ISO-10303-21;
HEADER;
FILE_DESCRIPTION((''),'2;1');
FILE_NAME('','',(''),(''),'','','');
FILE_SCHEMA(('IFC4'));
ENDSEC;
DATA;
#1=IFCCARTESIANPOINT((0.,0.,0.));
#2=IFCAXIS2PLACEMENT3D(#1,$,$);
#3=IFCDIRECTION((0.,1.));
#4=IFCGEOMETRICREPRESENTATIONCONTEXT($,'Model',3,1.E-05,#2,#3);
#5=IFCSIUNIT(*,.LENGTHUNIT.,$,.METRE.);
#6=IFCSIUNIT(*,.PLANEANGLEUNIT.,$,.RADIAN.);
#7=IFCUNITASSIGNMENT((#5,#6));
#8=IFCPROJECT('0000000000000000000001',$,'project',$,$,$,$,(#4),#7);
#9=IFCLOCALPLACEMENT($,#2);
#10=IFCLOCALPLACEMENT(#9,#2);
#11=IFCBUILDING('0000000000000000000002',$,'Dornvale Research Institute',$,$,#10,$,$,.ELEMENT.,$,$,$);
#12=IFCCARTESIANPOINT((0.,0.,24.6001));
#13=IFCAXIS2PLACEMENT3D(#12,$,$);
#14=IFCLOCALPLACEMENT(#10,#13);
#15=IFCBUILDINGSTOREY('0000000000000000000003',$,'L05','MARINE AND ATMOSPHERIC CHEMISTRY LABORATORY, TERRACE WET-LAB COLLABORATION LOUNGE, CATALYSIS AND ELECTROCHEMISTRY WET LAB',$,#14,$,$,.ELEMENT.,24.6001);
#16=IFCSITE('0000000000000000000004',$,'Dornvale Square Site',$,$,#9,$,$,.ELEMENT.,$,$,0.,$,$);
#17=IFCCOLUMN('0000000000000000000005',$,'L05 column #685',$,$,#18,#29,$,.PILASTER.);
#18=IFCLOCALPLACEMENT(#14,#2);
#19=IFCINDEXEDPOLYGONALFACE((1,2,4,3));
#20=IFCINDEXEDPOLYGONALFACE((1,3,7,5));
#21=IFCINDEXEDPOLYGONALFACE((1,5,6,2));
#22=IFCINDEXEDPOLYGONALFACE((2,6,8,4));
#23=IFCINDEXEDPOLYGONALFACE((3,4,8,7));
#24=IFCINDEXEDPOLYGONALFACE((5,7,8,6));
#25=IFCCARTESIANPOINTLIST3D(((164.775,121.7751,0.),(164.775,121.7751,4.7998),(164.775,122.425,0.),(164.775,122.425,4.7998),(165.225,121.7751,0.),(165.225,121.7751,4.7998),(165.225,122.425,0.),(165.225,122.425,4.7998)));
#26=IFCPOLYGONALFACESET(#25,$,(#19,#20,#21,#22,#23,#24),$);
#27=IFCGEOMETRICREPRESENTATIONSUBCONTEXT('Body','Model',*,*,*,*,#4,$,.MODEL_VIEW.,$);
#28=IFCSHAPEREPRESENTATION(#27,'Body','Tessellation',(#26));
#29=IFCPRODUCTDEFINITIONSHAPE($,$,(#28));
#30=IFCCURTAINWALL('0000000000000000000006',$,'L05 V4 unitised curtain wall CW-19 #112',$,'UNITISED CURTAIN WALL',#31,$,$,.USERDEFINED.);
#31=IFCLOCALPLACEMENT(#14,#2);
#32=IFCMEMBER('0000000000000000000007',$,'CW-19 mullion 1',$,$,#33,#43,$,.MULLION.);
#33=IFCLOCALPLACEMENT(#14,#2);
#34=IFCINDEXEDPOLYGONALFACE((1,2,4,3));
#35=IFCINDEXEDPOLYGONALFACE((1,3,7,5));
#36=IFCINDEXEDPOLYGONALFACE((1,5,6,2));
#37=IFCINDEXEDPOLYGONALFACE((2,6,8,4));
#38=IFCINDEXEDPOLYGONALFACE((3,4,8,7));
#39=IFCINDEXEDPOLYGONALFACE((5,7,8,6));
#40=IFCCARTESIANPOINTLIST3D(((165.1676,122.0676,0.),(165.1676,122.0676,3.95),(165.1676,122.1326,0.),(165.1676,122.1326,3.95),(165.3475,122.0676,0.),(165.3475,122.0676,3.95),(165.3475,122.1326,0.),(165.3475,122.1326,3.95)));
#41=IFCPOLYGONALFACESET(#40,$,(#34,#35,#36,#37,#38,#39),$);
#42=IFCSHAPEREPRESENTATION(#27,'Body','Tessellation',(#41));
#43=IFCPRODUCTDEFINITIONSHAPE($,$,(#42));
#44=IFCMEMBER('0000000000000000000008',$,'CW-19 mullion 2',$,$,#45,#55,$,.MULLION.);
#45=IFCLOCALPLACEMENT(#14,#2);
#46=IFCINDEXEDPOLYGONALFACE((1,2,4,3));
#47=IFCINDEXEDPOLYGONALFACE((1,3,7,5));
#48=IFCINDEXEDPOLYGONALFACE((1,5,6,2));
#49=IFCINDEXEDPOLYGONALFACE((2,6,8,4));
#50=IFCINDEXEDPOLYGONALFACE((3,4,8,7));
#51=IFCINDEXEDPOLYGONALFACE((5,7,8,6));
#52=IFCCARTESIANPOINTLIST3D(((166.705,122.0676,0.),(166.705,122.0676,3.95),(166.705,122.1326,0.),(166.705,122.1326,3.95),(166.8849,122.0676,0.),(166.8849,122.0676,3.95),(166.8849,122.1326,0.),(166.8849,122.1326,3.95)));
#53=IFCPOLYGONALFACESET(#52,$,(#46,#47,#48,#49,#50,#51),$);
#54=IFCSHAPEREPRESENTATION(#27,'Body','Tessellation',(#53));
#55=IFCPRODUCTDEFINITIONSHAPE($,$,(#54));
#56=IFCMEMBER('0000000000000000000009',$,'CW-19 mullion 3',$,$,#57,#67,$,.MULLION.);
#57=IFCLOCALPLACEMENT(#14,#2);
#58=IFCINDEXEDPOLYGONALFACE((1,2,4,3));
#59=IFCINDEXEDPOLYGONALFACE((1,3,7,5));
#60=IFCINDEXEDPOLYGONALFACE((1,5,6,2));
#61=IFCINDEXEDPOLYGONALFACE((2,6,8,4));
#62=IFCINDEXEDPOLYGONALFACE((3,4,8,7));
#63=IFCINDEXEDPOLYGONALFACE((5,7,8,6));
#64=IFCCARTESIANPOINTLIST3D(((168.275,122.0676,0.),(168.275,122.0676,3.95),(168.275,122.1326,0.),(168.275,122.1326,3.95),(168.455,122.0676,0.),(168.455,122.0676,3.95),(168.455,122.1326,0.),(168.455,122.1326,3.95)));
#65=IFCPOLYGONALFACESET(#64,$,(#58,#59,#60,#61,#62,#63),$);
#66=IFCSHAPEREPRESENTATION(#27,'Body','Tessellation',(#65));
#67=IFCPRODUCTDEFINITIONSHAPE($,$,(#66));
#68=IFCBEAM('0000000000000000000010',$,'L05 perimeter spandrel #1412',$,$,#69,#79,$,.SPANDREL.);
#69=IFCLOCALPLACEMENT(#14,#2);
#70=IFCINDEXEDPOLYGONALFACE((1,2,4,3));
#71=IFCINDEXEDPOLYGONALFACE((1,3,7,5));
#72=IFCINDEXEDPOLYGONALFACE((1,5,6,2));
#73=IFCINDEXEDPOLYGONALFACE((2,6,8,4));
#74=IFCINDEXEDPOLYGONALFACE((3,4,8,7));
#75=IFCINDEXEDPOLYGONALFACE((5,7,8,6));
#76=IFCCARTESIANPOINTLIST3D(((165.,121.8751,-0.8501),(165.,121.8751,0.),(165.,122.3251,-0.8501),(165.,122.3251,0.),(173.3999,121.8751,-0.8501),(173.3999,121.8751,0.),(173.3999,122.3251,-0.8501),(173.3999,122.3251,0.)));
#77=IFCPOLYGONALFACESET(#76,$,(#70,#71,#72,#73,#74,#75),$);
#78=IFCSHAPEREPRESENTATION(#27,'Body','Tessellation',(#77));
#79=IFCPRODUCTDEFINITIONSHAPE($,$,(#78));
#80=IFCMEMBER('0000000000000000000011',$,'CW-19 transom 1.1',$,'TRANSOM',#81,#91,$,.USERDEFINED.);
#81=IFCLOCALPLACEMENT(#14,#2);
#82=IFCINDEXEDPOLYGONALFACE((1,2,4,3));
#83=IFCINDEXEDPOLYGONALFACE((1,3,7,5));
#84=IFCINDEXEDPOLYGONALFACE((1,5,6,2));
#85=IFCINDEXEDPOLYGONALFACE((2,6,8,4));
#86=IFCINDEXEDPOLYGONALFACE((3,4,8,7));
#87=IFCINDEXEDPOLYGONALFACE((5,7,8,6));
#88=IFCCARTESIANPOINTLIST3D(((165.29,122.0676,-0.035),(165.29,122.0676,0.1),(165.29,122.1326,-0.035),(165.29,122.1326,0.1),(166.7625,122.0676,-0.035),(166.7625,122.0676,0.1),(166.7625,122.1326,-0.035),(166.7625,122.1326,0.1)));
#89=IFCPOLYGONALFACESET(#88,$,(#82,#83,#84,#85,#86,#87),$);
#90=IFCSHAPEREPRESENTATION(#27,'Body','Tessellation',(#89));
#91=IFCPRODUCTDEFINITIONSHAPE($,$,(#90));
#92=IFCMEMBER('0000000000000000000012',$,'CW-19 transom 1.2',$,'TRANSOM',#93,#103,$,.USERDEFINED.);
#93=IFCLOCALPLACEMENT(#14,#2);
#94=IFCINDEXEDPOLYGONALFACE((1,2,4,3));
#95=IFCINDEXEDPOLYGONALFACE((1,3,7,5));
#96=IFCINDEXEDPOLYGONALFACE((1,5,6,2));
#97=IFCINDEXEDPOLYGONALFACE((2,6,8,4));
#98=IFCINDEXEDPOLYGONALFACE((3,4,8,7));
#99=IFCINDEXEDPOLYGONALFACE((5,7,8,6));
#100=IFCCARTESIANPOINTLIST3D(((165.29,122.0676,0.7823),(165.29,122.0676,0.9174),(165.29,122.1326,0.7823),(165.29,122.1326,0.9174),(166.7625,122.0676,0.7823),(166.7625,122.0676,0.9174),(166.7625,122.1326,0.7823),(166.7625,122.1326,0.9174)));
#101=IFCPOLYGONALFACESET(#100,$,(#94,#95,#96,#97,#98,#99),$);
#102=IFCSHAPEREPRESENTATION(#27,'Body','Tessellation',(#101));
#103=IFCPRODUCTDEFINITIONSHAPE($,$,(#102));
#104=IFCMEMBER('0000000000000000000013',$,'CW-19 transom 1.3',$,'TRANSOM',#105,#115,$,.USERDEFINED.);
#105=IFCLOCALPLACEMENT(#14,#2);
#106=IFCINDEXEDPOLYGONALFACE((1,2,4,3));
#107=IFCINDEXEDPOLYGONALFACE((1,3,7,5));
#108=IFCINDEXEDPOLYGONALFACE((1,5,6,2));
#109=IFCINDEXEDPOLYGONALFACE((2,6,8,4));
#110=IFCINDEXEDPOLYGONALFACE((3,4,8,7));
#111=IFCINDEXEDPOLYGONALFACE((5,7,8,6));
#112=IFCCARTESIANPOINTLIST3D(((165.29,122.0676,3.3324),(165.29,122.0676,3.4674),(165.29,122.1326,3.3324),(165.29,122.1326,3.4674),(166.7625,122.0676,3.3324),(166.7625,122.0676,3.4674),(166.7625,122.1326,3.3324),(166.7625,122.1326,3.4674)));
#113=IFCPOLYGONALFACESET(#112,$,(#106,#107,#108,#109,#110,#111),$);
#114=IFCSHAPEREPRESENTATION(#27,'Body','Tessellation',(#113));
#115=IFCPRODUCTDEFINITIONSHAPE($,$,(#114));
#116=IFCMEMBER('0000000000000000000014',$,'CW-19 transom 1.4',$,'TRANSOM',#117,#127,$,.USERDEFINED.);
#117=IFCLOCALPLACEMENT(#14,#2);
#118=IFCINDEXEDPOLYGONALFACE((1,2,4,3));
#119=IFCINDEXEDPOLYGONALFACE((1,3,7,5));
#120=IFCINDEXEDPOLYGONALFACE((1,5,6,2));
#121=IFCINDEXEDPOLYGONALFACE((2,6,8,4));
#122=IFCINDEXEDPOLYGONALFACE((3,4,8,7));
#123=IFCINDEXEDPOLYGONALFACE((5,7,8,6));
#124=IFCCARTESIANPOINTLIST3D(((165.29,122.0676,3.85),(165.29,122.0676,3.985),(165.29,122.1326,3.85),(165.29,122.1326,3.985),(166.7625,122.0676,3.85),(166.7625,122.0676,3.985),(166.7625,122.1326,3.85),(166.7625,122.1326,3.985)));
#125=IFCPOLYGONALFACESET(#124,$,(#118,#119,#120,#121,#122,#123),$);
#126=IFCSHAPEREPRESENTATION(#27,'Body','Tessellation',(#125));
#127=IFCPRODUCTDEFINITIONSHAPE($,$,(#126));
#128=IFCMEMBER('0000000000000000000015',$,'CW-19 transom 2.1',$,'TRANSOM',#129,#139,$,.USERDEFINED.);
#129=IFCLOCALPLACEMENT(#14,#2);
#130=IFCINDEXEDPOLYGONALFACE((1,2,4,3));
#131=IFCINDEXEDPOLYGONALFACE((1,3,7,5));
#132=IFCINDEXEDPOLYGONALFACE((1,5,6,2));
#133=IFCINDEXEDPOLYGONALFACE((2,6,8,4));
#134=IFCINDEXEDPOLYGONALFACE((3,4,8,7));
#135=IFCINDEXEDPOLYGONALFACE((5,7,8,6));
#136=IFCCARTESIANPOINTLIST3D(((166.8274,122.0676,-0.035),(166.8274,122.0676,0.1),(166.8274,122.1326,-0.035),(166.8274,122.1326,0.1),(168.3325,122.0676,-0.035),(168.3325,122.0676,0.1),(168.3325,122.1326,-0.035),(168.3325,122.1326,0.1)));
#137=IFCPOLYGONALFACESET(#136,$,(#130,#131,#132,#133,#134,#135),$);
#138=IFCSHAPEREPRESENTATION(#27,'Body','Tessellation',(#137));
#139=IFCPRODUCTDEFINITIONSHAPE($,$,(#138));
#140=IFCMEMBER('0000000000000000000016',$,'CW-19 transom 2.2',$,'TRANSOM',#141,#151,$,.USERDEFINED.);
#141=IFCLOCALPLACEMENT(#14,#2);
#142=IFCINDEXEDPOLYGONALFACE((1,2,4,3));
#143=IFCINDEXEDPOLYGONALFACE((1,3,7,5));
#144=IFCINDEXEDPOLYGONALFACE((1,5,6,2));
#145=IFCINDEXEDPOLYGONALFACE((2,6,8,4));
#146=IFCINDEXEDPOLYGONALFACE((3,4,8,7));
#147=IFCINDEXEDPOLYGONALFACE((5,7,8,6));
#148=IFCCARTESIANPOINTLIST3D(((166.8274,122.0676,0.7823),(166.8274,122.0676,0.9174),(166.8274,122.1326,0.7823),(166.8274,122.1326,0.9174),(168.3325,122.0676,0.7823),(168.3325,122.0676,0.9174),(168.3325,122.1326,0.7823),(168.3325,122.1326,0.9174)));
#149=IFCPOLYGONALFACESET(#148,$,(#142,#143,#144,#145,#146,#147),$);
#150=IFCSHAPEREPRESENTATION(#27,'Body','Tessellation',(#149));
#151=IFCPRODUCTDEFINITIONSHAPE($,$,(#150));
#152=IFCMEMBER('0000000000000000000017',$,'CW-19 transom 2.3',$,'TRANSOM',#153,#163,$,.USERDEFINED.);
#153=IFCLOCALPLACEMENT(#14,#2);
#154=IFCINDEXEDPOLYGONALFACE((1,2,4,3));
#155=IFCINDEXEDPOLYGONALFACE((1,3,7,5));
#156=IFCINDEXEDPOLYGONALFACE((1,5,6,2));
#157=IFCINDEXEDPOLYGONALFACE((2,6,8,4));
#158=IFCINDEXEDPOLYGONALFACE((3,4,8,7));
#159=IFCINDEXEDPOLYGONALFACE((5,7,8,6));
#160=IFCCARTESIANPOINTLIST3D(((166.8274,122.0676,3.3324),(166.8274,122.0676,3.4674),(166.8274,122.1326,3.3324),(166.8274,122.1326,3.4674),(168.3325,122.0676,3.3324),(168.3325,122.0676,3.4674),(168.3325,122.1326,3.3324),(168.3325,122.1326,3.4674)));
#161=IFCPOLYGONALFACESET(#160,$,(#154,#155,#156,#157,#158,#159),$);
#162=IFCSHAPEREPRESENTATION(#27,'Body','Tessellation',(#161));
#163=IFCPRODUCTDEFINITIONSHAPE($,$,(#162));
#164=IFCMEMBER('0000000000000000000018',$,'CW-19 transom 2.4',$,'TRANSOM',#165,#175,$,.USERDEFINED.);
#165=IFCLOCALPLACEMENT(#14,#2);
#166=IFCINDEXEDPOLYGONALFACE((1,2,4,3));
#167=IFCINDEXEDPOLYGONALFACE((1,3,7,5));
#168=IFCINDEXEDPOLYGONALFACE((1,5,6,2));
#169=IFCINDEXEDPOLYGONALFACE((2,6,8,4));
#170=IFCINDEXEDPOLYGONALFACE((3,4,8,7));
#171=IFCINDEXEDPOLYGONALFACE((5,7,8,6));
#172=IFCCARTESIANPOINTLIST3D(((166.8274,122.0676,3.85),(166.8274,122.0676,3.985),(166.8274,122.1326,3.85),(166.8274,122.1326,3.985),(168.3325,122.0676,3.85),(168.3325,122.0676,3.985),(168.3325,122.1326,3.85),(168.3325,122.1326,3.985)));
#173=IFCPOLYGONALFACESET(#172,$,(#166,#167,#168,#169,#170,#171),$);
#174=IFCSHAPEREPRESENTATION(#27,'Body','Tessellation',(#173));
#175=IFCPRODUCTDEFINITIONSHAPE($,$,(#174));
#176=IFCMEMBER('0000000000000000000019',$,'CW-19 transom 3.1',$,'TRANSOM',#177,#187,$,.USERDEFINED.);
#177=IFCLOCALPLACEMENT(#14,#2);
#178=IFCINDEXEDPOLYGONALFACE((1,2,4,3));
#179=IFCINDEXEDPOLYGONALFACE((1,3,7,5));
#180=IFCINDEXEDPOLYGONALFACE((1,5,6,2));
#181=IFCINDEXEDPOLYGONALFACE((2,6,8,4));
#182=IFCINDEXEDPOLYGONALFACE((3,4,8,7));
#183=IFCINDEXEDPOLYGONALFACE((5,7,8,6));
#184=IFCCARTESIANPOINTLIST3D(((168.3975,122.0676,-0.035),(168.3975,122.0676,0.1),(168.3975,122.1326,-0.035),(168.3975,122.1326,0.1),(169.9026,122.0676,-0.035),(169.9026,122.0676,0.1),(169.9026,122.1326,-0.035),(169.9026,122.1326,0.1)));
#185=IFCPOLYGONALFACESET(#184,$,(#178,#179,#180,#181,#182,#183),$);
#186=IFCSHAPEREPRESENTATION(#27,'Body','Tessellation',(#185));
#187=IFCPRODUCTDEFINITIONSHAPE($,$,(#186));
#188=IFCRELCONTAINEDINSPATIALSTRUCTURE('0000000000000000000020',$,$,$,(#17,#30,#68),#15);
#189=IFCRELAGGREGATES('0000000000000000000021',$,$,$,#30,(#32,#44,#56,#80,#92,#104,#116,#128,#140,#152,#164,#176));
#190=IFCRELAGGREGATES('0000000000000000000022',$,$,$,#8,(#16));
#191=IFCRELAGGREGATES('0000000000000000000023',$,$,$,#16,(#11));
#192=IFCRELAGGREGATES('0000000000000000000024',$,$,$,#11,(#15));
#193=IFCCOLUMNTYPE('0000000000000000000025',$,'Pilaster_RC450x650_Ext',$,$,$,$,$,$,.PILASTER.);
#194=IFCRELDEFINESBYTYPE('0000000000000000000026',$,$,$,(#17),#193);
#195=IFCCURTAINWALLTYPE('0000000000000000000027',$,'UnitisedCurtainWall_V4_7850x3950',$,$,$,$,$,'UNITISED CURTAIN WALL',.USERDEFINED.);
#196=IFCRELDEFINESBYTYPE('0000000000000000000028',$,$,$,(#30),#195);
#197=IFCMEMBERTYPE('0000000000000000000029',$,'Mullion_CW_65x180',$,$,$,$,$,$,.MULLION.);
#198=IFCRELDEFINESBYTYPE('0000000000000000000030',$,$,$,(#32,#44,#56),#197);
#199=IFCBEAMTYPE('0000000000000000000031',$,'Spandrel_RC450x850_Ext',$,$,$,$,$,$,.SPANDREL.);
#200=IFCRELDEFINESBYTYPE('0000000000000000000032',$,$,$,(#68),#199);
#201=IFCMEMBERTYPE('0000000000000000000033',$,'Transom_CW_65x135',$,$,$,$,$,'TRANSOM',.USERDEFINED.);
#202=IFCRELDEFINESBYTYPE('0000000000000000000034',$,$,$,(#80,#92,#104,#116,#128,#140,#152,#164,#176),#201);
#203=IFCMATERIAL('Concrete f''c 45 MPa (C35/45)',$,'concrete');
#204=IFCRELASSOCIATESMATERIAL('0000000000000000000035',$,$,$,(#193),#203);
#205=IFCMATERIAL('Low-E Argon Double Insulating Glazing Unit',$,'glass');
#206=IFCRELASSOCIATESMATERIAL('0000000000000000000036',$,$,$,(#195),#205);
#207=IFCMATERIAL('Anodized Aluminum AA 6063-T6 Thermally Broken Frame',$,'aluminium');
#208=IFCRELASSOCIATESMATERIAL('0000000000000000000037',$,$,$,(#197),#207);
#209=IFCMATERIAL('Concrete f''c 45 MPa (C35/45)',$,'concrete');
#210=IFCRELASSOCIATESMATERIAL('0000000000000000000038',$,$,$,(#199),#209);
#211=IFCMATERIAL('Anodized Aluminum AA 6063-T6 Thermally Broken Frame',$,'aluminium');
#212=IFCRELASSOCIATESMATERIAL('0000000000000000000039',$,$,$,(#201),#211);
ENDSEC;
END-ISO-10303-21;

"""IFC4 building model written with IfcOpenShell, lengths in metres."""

from ifc_helpers import new_model, si_unit, direction, frame, origin, origin_2d, place, context, subcontext, project, spatial, rectangle, extrude, material, material_profile, profile_set, type_object, element, aggregate, save


model = new_model("IFC4")

# Units and contexts
model_context = context("Model", 3, precision=1e-05, world=origin(), true_north=direction((0.0, 1.0)))
body_context = subcontext(model_context, "Body", "Model", "MODEL_VIEW")
ifc_project = project(units=[si_unit("LENGTHUNIT", "METRE"), si_unit("PLANEANGLEUNIT", "RADIAN")], contexts=[model_context])

# Site, building, storey
site_placement = place(None, origin())
site = spatial("IfcSite", under=ifc_project, at=site_placement, Name="Dornvale Square Site", CompositionType="ELEMENT", RefElevation=0.0)
building_placement = place(site_placement, origin())
building = spatial("IfcBuilding", under=site, at=building_placement, Name="Dornvale Research Institute", CompositionType="ELEMENT")
storey_placement = place(building_placement, frame((0.0, 0.0, 24.6001)))
storey = spatial("IfcBuildingStorey", under=building, at=storey_placement, Name="L05", Description="MARINE AND ATMOSPHERIC CHEMISTRY LABORATORY, TERRACE WET-LAB COLLABORATION LOUNGE, CATALYSIS AND ELECTROCHEMISTRY WET LAB", CompositionType="ELEMENT", Elevation=24.6001)

# Column
ifc_material_1 = material(Name="Concrete f'c 45 MPa (C35/45)", Category="concrete")
ifc_material_profile_1 = material_profile(ifc_material_1, rectangle(XDim=0.45, YDim=0.6499, at=origin_2d()), Name="RC 450x650")
ifc_profile_set_1 = profile_set([ifc_material_profile_1], Name="Concrete f'c 45 MPa (C35/45)")
column_type = type_object("IfcColumnType", Name="Pilaster_RC450x650_Ext", PredefinedType="PILASTER", material=ifc_profile_set_1)
column_placement = place(storey_placement, frame((165.0, 122.1001, 0.0), z_axis=(0.0, 0.0, 1.0), x_axis=(1.0, 0.0, 0.0)))
element("IfcColumn", 1, at=column_placement, inside=storey, type_object=column_type, Name="L05 column #685", PredefinedType="PILASTER", context=body_context, shape_type="SweptSolid", body=[
    extrude(rectangle(XDim=0.45, YDim=0.6499, at=origin_2d()), origin(), (0.0, 0.0, 1.0), 4.7998),
])

# Curtain wall, members
ifc_material_2 = material(Name="Low-E Argon Double Insulating Glazing Unit", Category="glass")
curtain_wall_type = type_object("IfcCurtainWallType", Name="UnitisedCurtainWall_V4_7850x3950", ElementType="UNITISED CURTAIN WALL", PredefinedType="USERDEFINED", material=ifc_material_2)
curtain_wall_placement = place(storey_placement, origin())
curtain_wall = element("IfcCurtainWall", 2, at=curtain_wall_placement, inside=storey, type_object=curtain_wall_type, Name="L05 V4 unitised curtain wall CW-19 #112", ObjectType="UNITISED CURTAIN WALL", PredefinedType="USERDEFINED")
ifc_material_3 = material(Name="Anodized Aluminum AA 6063-T6 Thermally Broken Frame", Category="aluminium")
ifc_material_profile_2 = material_profile(ifc_material_3, rectangle(XDim=0.0649, YDim=0.1799, at=origin_2d()), Name="ALU MULLION 65x180")
ifc_profile_set_2 = profile_set([ifc_material_profile_2], Name="Anodized Aluminum AA 6063-T6 Thermally Broken Frame")
member_type_1 = type_object("IfcMemberType", Name="Mullion_CW_65x180", PredefinedType="MULLION", material=ifc_profile_set_2)
member_1_placement = place(storey_placement, frame((165.2576, 122.1001, 0.0), z_axis=(0.0, 0.0, 1.0), x_axis=(0.0, 1.0, 0.0)))
member_1 = element("IfcMember", 3, at=member_1_placement, type_object=member_type_1, Name="CW-19 mullion 1", PredefinedType="MULLION", context=body_context, shape_type="SweptSolid", body=[
    extrude(rectangle(XDim=0.0649, YDim=0.1799, at=origin_2d()), origin(), (0.0, 0.0, 1.0), 3.95),
])
member_2_placement = place(storey_placement, frame((166.7949, 122.1001, 0.0), z_axis=(0.0, 0.0, 1.0), x_axis=(0.0, 1.0, 0.0)))
member_2 = element("IfcMember", 4, at=member_2_placement, type_object=member_type_1, Name="CW-19 mullion 2", PredefinedType="MULLION", context=body_context, shape_type="SweptSolid", body=[
    extrude(rectangle(XDim=0.0649, YDim=0.1799, at=origin_2d()), origin(), (0.0, 0.0, 1.0), 3.95),
])
member_3_placement = place(storey_placement, frame((168.365, 122.1001, 0.0), z_axis=(0.0, 0.0, 1.0), x_axis=(0.0, 1.0, 0.0)))
member_3 = element("IfcMember", 5, at=member_3_placement, type_object=member_type_1, Name="CW-19 mullion 3", PredefinedType="MULLION", context=body_context, shape_type="SweptSolid", body=[
    extrude(rectangle(XDim=0.0649, YDim=0.1799, at=origin_2d()), origin(), (0.0, 0.0, 1.0), 3.95),
])

# Beam
ifc_material_4 = material(Name="Concrete f'c 45 MPa (C35/45)", Category="concrete")
ifc_material_profile_3 = material_profile(ifc_material_4, rectangle(XDim=0.45, YDim=0.8501, at=origin_2d()), Name="RC 450x850")
ifc_profile_set_3 = profile_set([ifc_material_profile_3], Name="Concrete f'c 45 MPa (C35/45)")
beam_type = type_object("IfcBeamType", Name="Spandrel_RC450x850_Ext", PredefinedType="SPANDREL", material=ifc_profile_set_3)
beam_placement = place(storey_placement, frame((165.0, 122.1001, -0.425), z_axis=(1.0, 0.0, 0.0), x_axis=(0.0, 1.0, 0.0)))
element("IfcBeam", 6, at=beam_placement, inside=storey, type_object=beam_type, Name="L05 perimeter spandrel #1412", PredefinedType="SPANDREL", context=body_context, shape_type="SweptSolid", body=[
    extrude(rectangle(XDim=0.45, YDim=0.8501, at=origin_2d()), origin(), (0.0, 0.0, 1.0), 8.3999),
])

# Members
ifc_material_5 = material(Name="Anodized Aluminum AA 6063-T6 Thermally Broken Frame", Category="aluminium")
ifc_material_profile_4 = material_profile(ifc_material_5, rectangle(XDim=0.0649, YDim=0.135, at=origin_2d()), Name="ALU TRANSOM 65x135")
ifc_profile_set_4 = profile_set([ifc_material_profile_4], Name="Anodized Aluminum AA 6063-T6 Thermally Broken Frame")
member_type_2 = type_object("IfcMemberType", Name="Transom_CW_65x135", ElementType="TRANSOM", PredefinedType="USERDEFINED", material=ifc_profile_set_4)
member_4_placement = place(storey_placement, frame((165.29, 122.1001, 0.0325), z_axis=(1.0, 0.0, 0.0), x_axis=(0.0, 1.0, 0.0)))
member_4 = element("IfcMember", 7, at=member_4_placement, type_object=member_type_2, Name="CW-19 transom 1.1", ObjectType="TRANSOM", PredefinedType="USERDEFINED", context=body_context, shape_type="SweptSolid", body=[
    extrude(rectangle(XDim=0.0649, YDim=0.135, at=origin_2d()), origin(), (0.0, 0.0, 1.0), 1.4724),
])
member_5_placement = place(storey_placement, frame((165.29, 122.1001, 0.8499), z_axis=(1.0, 0.0, 0.0), x_axis=(0.0, 1.0, 0.0)))
member_5 = element("IfcMember", 8, at=member_5_placement, type_object=member_type_2, Name="CW-19 transom 1.2", ObjectType="TRANSOM", PredefinedType="USERDEFINED", context=body_context, shape_type="SweptSolid", body=[
    extrude(rectangle(XDim=0.0649, YDim=0.135, at=origin_2d()), origin(), (0.0, 0.0, 1.0), 1.4724),
])
member_6_placement = place(storey_placement, frame((165.29, 122.1001, 3.3999), z_axis=(1.0, 0.0, 0.0), x_axis=(0.0, 1.0, 0.0)))
member_6 = element("IfcMember", 9, at=member_6_placement, type_object=member_type_2, Name="CW-19 transom 1.3", ObjectType="TRANSOM", PredefinedType="USERDEFINED", context=body_context, shape_type="SweptSolid", body=[
    extrude(rectangle(XDim=0.0649, YDim=0.135, at=origin_2d()), origin(), (0.0, 0.0, 1.0), 1.4724),
])
member_7_placement = place(storey_placement, frame((165.29, 122.1001, 3.9175), z_axis=(1.0, 0.0, 0.0), x_axis=(0.0, 1.0, 0.0)))
member_7 = element("IfcMember", 10, at=member_7_placement, type_object=member_type_2, Name="CW-19 transom 1.4", ObjectType="TRANSOM", PredefinedType="USERDEFINED", context=body_context, shape_type="SweptSolid", body=[
    extrude(rectangle(XDim=0.0649, YDim=0.135, at=origin_2d()), origin(), (0.0, 0.0, 1.0), 1.4724),
])
member_8_placement = place(storey_placement, frame((166.8274, 122.1001, 0.0325), z_axis=(1.0, 0.0, 0.0), x_axis=(0.0, 1.0, 0.0)))
member_8 = element("IfcMember", 11, at=member_8_placement, type_object=member_type_2, Name="CW-19 transom 2.1", ObjectType="TRANSOM", PredefinedType="USERDEFINED", context=body_context, shape_type="SweptSolid", body=[
    extrude(rectangle(XDim=0.0649, YDim=0.135, at=origin_2d()), origin(), (0.0, 0.0, 1.0), 1.5051),
])
member_9_placement = place(storey_placement, frame((166.8274, 122.1001, 0.8499), z_axis=(1.0, 0.0, 0.0), x_axis=(0.0, 1.0, 0.0)))
member_9 = element("IfcMember", 12, at=member_9_placement, type_object=member_type_2, Name="CW-19 transom 2.2", ObjectType="TRANSOM", PredefinedType="USERDEFINED", context=body_context, shape_type="SweptSolid", body=[
    extrude(rectangle(XDim=0.0649, YDim=0.135, at=origin_2d()), origin(), (0.0, 0.0, 1.0), 1.5051),
])
member_10_placement = place(storey_placement, frame((166.8274, 122.1001, 3.3999), z_axis=(1.0, 0.0, 0.0), x_axis=(0.0, 1.0, 0.0)))
member_10 = element("IfcMember", 13, at=member_10_placement, type_object=member_type_2, Name="CW-19 transom 2.3", ObjectType="TRANSOM", PredefinedType="USERDEFINED", context=body_context, shape_type="SweptSolid", body=[
    extrude(rectangle(XDim=0.0649, YDim=0.135, at=origin_2d()), origin(), (0.0, 0.0, 1.0), 1.5051),
])
member_11_placement = place(storey_placement, frame((166.8274, 122.1001, 3.9175), z_axis=(1.0, 0.0, 0.0), x_axis=(0.0, 1.0, 0.0)))
member_11 = element("IfcMember", 14, at=member_11_placement, type_object=member_type_2, Name="CW-19 transom 2.4", ObjectType="TRANSOM", PredefinedType="USERDEFINED", context=body_context, shape_type="SweptSolid", body=[
    extrude(rectangle(XDim=0.0649, YDim=0.135, at=origin_2d()), origin(), (0.0, 0.0, 1.0), 1.5051),
])
member_12_placement = place(storey_placement, frame((168.3975, 122.1001, 0.0325), z_axis=(1.0, 0.0, 0.0), x_axis=(0.0, 1.0, 0.0)))
member_12 = element("IfcMember", 15, at=member_12_placement, type_object=member_type_2, Name="CW-19 transom 3.1", ObjectType="TRANSOM", PredefinedType="USERDEFINED", context=body_context, shape_type="SweptSolid", body=[
    extrude(rectangle(XDim=0.0649, YDim=0.135, at=origin_2d()), origin(), (0.0, 0.0, 1.0), 1.5051),
])

aggregate(curtain_wall, [member_1, member_2, member_3, member_4, member_5, member_6, member_7, member_8, member_9, member_10, member_11, member_12])

save(model, "model.ifc")
